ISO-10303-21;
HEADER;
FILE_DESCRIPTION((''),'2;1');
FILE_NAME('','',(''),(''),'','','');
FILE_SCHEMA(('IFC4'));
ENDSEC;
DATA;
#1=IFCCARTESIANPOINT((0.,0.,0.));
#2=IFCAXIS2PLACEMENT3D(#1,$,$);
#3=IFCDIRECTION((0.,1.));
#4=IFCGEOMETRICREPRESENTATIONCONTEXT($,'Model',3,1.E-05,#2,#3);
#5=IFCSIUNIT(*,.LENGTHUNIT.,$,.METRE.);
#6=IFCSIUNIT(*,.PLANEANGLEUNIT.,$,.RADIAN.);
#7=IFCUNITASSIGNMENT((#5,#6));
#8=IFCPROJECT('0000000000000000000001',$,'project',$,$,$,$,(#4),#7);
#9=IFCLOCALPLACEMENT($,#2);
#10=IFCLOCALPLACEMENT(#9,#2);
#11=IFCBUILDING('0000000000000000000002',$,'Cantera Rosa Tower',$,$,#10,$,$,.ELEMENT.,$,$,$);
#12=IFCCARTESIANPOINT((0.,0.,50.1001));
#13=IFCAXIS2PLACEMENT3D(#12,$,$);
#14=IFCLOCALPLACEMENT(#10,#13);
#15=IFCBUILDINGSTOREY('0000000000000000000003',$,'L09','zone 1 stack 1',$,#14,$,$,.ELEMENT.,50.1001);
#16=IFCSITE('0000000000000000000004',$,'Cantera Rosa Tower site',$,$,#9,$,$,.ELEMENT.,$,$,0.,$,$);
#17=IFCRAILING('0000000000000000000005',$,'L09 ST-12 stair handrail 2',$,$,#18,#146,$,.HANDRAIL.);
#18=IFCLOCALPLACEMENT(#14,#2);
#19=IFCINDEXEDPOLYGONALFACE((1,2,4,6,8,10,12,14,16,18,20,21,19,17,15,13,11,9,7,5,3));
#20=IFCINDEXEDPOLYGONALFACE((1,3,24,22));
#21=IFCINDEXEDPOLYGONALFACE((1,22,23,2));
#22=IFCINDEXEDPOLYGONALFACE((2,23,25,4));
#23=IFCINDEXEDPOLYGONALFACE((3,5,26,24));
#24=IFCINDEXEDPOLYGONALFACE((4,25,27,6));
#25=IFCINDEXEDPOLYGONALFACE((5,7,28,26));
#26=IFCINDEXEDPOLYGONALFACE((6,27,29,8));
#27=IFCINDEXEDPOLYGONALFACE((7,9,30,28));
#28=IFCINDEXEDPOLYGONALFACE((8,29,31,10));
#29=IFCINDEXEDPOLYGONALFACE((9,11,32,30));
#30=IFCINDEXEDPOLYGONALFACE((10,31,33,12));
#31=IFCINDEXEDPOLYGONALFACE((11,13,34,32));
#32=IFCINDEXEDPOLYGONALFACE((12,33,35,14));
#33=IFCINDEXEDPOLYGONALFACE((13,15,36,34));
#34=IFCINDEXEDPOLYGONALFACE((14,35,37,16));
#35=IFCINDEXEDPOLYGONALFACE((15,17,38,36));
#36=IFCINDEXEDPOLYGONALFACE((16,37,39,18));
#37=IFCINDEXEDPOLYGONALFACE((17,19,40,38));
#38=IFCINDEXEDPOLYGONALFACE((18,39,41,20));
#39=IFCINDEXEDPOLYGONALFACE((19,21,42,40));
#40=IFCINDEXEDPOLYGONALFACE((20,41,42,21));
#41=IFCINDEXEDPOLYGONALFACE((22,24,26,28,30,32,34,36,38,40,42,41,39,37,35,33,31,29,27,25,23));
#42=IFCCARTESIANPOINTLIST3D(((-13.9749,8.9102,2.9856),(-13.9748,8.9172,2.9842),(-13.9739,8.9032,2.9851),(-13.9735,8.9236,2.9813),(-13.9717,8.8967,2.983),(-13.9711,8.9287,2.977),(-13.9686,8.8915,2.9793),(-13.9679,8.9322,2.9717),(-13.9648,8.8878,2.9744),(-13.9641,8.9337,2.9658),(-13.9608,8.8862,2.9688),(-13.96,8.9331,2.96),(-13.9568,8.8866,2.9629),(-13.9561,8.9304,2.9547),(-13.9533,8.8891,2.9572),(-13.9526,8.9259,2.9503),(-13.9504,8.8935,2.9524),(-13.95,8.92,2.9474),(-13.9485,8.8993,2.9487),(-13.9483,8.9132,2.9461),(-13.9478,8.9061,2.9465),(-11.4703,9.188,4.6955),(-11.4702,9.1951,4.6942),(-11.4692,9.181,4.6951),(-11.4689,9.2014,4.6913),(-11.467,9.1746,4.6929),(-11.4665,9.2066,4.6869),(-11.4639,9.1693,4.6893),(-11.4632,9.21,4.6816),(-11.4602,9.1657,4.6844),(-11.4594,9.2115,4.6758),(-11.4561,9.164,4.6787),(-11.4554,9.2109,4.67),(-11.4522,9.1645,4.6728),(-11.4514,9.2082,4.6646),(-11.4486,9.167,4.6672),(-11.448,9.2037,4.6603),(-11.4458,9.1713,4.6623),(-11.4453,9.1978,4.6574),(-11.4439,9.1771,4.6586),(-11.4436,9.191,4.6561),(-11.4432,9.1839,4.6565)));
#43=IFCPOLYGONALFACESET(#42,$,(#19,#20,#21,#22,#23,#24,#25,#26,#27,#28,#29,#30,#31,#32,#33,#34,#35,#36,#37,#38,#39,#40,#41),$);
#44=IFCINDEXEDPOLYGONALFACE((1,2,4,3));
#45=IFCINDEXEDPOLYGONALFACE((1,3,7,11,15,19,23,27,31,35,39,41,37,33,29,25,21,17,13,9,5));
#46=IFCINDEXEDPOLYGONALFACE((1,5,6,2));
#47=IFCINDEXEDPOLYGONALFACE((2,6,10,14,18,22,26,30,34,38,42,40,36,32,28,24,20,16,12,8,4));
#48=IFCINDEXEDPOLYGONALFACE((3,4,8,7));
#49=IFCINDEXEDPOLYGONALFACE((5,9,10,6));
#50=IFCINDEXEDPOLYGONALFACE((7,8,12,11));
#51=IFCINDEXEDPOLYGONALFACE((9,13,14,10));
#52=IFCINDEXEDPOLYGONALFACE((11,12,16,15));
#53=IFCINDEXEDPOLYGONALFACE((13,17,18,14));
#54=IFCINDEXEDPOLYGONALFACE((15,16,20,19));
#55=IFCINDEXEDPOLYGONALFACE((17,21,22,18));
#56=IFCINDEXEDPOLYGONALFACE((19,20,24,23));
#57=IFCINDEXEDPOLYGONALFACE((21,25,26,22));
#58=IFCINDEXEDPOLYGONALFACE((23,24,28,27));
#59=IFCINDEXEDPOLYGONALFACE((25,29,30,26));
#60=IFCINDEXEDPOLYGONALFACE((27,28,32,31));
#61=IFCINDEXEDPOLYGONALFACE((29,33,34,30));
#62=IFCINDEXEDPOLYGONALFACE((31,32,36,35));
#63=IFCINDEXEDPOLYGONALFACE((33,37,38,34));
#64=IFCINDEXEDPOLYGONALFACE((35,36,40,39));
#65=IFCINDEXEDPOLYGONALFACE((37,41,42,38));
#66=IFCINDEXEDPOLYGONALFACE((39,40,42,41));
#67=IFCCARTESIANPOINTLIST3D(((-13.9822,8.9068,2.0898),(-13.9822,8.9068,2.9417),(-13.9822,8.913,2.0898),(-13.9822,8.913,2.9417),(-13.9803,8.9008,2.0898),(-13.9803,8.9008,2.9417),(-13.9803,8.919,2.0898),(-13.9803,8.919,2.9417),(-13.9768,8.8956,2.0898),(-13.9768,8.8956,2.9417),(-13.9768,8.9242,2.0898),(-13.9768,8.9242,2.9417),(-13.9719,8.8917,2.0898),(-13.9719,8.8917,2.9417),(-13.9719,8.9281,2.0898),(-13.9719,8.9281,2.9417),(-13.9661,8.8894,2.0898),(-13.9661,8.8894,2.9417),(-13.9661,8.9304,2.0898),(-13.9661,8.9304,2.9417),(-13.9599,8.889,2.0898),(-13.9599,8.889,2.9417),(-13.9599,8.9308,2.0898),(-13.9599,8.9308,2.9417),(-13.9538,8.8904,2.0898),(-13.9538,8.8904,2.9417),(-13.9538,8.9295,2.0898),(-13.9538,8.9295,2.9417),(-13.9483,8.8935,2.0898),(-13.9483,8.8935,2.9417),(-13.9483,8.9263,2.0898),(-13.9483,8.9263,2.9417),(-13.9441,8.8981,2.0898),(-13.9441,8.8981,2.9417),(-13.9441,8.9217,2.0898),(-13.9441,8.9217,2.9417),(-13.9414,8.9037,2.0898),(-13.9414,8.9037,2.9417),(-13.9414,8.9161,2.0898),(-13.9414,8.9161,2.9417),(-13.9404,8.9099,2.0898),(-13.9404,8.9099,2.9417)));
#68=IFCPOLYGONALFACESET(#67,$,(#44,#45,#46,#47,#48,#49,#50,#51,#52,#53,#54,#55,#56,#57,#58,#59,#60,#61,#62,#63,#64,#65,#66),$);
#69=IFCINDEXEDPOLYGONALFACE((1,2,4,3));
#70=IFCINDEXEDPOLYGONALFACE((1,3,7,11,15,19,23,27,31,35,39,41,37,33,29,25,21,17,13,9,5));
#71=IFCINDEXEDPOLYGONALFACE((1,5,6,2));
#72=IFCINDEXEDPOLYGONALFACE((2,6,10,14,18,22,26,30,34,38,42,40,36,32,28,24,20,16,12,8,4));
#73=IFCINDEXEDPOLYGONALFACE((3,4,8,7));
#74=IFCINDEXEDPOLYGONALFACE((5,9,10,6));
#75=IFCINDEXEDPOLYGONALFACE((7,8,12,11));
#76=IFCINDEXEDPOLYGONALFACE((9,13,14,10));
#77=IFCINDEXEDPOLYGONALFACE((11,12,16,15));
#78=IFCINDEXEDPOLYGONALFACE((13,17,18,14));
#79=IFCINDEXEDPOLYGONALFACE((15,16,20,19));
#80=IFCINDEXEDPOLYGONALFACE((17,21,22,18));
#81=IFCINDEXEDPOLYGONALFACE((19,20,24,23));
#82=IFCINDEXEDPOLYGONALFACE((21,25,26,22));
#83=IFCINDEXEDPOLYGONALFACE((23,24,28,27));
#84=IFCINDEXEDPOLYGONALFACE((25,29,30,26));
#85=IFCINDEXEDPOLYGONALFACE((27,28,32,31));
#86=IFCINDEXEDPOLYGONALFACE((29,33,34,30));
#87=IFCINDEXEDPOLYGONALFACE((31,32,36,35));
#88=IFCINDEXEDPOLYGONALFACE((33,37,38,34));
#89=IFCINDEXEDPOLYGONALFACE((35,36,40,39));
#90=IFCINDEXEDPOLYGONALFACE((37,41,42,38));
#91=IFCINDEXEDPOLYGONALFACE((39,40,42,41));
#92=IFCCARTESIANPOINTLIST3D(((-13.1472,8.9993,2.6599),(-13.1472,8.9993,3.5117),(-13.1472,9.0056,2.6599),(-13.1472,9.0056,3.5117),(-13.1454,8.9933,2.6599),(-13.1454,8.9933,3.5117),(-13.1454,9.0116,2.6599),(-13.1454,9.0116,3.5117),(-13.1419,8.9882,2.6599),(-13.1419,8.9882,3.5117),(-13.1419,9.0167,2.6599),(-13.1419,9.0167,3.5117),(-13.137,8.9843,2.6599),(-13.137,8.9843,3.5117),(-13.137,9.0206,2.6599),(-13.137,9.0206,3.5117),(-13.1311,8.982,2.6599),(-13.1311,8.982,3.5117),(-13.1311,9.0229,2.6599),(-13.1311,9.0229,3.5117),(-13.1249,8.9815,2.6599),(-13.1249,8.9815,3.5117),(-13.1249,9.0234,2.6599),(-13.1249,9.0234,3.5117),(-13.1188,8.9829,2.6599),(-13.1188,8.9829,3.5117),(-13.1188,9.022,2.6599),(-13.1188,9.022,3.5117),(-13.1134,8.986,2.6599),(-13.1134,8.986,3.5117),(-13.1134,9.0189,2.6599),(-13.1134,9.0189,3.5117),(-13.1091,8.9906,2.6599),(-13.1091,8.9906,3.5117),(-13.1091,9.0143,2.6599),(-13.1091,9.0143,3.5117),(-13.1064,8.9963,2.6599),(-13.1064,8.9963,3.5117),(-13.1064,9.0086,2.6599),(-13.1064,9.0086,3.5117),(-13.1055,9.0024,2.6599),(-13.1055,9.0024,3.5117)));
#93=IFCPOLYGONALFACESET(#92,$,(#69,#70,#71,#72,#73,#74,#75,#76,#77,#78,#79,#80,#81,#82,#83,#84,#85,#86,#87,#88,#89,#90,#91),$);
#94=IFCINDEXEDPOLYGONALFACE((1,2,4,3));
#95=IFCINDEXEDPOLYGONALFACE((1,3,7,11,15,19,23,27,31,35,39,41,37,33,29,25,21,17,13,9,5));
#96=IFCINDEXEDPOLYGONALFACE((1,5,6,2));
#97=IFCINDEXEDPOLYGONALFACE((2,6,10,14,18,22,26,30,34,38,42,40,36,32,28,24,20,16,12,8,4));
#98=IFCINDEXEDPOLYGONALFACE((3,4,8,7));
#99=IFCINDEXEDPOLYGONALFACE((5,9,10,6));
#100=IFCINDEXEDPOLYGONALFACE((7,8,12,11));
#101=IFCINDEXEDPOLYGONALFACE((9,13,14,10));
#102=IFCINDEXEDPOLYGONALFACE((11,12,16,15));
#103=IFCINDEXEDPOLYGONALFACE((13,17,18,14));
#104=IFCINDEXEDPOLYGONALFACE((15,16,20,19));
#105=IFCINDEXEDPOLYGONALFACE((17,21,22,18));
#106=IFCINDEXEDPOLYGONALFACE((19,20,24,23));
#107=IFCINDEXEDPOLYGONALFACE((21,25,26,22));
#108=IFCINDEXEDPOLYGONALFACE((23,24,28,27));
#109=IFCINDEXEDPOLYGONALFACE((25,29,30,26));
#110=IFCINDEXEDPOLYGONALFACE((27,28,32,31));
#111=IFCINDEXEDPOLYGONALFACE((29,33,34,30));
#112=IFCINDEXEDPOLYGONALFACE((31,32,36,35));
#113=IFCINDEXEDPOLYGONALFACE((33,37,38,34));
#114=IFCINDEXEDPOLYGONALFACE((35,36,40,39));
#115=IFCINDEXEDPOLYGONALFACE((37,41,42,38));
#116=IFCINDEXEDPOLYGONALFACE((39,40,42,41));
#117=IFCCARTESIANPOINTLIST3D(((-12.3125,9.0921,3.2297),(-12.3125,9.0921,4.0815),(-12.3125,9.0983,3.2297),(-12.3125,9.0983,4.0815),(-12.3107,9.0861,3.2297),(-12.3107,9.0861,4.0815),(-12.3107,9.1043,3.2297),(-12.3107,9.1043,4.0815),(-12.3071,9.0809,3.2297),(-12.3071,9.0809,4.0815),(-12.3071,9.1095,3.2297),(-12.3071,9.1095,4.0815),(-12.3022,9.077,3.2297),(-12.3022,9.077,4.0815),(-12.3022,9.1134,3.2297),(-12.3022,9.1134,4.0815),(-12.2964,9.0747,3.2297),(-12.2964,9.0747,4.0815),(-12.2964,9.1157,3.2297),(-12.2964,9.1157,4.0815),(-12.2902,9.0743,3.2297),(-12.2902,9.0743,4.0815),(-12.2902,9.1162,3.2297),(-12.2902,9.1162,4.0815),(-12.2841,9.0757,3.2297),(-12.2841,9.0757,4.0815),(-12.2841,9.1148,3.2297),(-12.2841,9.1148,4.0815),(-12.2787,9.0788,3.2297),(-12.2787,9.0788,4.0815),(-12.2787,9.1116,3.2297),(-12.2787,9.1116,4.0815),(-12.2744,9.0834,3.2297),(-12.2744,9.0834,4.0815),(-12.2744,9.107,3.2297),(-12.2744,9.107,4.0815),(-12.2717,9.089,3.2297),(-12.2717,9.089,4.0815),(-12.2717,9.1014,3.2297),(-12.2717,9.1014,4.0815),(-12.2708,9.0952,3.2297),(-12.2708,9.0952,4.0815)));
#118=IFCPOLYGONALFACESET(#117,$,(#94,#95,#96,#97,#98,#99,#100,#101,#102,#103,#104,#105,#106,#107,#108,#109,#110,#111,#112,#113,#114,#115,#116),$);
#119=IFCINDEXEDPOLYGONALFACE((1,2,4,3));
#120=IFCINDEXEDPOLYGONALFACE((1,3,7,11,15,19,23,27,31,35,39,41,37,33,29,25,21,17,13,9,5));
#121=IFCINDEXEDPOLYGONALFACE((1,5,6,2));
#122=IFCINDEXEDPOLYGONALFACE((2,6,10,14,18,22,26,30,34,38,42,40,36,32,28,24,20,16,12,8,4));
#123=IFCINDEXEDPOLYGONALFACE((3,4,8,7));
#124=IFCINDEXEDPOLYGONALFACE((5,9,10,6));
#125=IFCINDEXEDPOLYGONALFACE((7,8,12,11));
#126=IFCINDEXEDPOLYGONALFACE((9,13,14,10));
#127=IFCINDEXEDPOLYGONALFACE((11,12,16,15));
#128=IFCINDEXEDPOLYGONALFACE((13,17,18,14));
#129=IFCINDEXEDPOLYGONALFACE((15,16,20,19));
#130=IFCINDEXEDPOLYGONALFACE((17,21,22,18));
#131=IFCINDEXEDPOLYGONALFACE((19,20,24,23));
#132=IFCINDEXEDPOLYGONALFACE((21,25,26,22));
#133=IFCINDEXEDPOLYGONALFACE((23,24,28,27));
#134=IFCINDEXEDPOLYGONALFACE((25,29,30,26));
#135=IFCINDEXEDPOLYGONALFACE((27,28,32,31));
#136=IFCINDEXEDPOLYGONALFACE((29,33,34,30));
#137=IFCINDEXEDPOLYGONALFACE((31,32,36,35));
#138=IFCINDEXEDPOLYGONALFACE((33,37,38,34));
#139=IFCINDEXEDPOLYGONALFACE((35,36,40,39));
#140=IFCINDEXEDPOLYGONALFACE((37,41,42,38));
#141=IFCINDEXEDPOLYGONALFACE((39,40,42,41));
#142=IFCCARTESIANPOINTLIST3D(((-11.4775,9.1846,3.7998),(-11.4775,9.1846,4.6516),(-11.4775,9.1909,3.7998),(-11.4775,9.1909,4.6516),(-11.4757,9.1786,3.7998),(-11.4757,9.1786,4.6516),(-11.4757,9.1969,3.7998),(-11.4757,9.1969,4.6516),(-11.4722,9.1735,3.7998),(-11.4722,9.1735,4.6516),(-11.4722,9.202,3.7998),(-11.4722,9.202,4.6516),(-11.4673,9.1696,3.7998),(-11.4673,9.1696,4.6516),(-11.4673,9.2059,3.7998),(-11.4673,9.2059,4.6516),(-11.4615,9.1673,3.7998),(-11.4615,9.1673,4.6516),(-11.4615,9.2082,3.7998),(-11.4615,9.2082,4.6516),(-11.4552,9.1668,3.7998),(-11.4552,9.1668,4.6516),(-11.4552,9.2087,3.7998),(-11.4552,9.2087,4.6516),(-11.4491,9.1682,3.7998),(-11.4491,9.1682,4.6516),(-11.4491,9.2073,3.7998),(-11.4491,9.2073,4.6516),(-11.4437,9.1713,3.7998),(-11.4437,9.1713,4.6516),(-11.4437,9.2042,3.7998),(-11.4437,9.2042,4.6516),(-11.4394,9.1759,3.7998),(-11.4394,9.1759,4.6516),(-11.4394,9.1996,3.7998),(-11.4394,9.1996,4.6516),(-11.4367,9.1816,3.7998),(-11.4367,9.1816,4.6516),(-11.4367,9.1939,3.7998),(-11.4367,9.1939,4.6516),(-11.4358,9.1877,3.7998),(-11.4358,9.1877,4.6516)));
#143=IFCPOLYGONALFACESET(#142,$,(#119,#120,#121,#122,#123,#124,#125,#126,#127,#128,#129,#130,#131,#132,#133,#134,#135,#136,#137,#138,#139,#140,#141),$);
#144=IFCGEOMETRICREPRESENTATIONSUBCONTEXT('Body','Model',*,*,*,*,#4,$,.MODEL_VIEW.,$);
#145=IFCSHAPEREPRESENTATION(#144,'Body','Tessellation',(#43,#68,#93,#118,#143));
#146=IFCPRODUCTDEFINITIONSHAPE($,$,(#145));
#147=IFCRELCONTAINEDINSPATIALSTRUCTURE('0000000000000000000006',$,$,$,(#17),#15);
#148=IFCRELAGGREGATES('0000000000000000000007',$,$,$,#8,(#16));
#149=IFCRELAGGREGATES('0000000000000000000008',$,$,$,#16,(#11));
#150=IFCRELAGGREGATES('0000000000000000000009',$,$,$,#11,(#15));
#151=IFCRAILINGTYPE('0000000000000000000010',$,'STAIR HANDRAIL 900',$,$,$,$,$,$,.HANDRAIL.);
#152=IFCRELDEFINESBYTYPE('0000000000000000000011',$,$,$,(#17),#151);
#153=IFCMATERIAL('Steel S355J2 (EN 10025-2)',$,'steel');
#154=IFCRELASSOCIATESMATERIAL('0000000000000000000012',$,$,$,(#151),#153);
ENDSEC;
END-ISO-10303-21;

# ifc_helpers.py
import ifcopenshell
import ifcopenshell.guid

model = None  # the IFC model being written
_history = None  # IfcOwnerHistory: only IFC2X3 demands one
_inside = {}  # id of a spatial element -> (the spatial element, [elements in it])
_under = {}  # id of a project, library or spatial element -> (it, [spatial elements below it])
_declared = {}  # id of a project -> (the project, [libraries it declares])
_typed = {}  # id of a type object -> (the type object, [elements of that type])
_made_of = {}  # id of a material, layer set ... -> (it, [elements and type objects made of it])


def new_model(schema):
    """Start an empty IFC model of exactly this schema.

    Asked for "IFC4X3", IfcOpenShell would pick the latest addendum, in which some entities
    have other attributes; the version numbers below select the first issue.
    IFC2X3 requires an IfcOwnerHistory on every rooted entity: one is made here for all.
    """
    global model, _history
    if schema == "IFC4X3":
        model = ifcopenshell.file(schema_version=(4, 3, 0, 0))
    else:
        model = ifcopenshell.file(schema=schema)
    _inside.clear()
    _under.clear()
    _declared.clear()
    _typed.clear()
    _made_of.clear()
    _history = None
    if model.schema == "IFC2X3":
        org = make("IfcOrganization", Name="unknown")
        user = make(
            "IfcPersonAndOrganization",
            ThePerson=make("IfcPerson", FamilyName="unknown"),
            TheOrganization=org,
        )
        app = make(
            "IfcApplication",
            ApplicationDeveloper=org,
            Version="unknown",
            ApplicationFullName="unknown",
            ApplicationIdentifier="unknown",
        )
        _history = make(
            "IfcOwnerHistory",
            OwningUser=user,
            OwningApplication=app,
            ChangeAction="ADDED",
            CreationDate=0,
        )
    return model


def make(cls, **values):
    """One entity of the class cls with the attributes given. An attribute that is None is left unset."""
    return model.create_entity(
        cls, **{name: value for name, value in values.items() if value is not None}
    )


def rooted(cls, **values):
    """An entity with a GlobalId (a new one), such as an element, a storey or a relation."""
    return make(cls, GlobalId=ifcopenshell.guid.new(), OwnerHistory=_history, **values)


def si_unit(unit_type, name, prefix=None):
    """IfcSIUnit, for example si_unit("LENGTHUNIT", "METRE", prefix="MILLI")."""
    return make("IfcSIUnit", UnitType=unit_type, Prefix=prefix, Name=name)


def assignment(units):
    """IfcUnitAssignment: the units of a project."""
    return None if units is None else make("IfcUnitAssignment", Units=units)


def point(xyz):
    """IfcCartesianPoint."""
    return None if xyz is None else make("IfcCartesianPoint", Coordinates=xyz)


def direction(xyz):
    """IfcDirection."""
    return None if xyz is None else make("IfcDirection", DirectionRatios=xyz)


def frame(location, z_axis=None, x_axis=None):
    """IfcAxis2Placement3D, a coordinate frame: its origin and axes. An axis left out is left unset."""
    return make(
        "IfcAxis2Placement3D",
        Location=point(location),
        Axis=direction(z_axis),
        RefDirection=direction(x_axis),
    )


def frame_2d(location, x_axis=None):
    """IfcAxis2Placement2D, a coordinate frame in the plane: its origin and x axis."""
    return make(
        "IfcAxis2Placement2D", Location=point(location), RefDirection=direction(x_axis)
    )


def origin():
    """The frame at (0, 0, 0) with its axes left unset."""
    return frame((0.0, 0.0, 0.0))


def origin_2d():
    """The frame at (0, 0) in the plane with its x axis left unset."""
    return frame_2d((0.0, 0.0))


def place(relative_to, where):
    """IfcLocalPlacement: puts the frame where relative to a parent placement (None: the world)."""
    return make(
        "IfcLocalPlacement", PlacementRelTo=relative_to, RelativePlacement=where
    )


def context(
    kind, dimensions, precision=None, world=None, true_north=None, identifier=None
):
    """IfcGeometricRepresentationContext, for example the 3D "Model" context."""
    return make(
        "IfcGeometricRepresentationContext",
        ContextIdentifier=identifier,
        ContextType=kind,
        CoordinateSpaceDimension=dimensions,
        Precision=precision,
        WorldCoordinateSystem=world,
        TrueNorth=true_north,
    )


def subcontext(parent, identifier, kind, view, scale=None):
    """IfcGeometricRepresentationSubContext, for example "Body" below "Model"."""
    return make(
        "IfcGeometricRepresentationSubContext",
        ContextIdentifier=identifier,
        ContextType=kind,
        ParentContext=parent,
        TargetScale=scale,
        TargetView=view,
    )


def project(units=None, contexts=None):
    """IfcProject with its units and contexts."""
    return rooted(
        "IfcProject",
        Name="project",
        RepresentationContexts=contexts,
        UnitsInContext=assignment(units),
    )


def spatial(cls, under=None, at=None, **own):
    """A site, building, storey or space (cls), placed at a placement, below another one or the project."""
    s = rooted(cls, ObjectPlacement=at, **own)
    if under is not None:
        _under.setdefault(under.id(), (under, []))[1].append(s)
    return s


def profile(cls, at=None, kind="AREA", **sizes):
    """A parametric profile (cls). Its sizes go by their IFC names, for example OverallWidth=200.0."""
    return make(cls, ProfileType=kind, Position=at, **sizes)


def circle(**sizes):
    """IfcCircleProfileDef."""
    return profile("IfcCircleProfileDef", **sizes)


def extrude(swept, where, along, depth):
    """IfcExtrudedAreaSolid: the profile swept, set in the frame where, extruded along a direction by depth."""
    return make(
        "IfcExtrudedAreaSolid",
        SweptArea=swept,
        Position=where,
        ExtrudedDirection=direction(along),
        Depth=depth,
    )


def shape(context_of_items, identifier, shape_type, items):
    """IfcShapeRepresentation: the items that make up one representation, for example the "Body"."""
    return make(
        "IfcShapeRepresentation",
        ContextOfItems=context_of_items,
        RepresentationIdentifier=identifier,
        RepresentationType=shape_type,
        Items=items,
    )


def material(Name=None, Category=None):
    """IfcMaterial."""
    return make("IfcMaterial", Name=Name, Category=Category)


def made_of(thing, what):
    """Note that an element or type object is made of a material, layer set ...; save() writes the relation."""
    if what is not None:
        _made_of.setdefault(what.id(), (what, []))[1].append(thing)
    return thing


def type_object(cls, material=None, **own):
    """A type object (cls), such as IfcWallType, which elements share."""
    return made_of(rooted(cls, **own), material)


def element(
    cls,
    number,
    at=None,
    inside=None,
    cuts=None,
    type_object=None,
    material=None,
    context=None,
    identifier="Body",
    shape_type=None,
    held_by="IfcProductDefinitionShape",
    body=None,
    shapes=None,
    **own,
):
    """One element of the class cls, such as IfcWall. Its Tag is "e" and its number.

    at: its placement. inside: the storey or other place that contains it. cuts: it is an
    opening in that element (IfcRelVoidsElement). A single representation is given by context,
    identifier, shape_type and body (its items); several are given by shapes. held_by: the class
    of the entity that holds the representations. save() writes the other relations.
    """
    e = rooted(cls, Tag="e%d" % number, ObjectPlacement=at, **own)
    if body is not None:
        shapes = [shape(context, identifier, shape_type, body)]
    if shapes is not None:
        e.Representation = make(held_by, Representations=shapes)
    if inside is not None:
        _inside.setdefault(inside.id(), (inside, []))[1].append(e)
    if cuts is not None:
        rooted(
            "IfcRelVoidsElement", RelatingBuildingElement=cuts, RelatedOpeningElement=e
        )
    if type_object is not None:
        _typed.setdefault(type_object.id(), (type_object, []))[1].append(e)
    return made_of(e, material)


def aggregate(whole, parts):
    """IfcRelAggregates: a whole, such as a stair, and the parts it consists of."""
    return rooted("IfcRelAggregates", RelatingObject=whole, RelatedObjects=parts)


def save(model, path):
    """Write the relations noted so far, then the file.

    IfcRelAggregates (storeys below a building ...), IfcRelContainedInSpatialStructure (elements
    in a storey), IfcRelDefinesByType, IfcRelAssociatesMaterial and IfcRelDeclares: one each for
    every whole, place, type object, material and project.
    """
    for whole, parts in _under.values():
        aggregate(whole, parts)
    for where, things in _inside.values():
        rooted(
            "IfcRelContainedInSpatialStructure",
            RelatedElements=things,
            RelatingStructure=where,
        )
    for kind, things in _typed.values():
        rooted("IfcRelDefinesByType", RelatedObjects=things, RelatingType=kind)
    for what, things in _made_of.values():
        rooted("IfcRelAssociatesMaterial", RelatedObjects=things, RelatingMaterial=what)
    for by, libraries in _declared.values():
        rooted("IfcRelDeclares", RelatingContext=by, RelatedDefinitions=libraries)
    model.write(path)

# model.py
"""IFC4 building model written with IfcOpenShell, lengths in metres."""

from ifc_helpers import new_model, si_unit, direction, frame, origin, origin_2d, place, context, subcontext, project, spatial, circle, extrude, material, type_object, element, save


model = new_model("IFC4")

# Units and contexts
model_context = context("Model", 3, precision=1e-05, world=origin(), true_north=direction((0.0, 1.0)))
body_context = subcontext(model_context, "Body", "Model", "MODEL_VIEW")
ifc_project = project(units=[si_unit("LENGTHUNIT", "METRE"), si_unit("PLANEANGLEUNIT", "RADIAN")], contexts=[model_context])

# Site, building, storey
site_placement = place(None, origin())
site = spatial("IfcSite", under=ifc_project, at=site_placement, Name="Cantera Rosa Tower site", CompositionType="ELEMENT", RefElevation=0.0)
building_placement = place(site_placement, origin())
building = spatial("IfcBuilding", under=site, at=building_placement, Name="Cantera Rosa Tower", CompositionType="ELEMENT")
storey_placement = place(building_placement, frame((0.0, 0.0, 50.1001)))
storey = spatial("IfcBuildingStorey", under=building, at=storey_placement, Name="L09", Description="zone 1 stack 1", CompositionType="ELEMENT", Elevation=50.1001)

# Railing
ifc_material_1 = material(Name="Steel S355J2 (EN 10025-2)", Category="steel")
railing_type_1 = type_object("IfcRailingType", Name="STAIR HANDRAIL 900", PredefinedType="HANDRAIL", material=ifc_material_1)
railing_1_placement = place(storey_placement, frame((-13.9614, 8.9099, 2.0898)))
element("IfcRailing", 1, at=railing_1_placement, inside=storey, type_object=railing_type_1, Name="L09 ST-12 stair handrail 2", PredefinedType="HANDRAIL", context=body_context, shape_type="SweptSolid", body=[
    extrude(circle(Radius=0.0239, at=origin_2d()), frame((0.0, 0.0, 0.876), z_axis=(0.822437, 0.091231, 0.561492), x_axis=(-0.110251, 0.993904, 0.0)), (0.0, 0.0, 1.0), 3.0454),
    extrude(circle(Radius=0.021, at=origin_2d()), origin(), (0.0, 0.0, 1.0), 0.8518),
    extrude(circle(Radius=0.021, at=origin_2d()), frame((0.835, 0.0925, 0.5701)), (0.0, 0.0, 1.0), 0.8518),
    extrude(circle(Radius=0.021, at=origin_2d()), frame((1.6697, 0.1853, 1.1399)), (0.0, 0.0, 1.0), 0.8518),
    extrude(circle(Radius=0.021, at=origin_2d()), frame((2.5046, 0.2778, 1.71)), (0.0, 0.0, 1.0), 0.8518),
])

save(model, "model.ifc")
